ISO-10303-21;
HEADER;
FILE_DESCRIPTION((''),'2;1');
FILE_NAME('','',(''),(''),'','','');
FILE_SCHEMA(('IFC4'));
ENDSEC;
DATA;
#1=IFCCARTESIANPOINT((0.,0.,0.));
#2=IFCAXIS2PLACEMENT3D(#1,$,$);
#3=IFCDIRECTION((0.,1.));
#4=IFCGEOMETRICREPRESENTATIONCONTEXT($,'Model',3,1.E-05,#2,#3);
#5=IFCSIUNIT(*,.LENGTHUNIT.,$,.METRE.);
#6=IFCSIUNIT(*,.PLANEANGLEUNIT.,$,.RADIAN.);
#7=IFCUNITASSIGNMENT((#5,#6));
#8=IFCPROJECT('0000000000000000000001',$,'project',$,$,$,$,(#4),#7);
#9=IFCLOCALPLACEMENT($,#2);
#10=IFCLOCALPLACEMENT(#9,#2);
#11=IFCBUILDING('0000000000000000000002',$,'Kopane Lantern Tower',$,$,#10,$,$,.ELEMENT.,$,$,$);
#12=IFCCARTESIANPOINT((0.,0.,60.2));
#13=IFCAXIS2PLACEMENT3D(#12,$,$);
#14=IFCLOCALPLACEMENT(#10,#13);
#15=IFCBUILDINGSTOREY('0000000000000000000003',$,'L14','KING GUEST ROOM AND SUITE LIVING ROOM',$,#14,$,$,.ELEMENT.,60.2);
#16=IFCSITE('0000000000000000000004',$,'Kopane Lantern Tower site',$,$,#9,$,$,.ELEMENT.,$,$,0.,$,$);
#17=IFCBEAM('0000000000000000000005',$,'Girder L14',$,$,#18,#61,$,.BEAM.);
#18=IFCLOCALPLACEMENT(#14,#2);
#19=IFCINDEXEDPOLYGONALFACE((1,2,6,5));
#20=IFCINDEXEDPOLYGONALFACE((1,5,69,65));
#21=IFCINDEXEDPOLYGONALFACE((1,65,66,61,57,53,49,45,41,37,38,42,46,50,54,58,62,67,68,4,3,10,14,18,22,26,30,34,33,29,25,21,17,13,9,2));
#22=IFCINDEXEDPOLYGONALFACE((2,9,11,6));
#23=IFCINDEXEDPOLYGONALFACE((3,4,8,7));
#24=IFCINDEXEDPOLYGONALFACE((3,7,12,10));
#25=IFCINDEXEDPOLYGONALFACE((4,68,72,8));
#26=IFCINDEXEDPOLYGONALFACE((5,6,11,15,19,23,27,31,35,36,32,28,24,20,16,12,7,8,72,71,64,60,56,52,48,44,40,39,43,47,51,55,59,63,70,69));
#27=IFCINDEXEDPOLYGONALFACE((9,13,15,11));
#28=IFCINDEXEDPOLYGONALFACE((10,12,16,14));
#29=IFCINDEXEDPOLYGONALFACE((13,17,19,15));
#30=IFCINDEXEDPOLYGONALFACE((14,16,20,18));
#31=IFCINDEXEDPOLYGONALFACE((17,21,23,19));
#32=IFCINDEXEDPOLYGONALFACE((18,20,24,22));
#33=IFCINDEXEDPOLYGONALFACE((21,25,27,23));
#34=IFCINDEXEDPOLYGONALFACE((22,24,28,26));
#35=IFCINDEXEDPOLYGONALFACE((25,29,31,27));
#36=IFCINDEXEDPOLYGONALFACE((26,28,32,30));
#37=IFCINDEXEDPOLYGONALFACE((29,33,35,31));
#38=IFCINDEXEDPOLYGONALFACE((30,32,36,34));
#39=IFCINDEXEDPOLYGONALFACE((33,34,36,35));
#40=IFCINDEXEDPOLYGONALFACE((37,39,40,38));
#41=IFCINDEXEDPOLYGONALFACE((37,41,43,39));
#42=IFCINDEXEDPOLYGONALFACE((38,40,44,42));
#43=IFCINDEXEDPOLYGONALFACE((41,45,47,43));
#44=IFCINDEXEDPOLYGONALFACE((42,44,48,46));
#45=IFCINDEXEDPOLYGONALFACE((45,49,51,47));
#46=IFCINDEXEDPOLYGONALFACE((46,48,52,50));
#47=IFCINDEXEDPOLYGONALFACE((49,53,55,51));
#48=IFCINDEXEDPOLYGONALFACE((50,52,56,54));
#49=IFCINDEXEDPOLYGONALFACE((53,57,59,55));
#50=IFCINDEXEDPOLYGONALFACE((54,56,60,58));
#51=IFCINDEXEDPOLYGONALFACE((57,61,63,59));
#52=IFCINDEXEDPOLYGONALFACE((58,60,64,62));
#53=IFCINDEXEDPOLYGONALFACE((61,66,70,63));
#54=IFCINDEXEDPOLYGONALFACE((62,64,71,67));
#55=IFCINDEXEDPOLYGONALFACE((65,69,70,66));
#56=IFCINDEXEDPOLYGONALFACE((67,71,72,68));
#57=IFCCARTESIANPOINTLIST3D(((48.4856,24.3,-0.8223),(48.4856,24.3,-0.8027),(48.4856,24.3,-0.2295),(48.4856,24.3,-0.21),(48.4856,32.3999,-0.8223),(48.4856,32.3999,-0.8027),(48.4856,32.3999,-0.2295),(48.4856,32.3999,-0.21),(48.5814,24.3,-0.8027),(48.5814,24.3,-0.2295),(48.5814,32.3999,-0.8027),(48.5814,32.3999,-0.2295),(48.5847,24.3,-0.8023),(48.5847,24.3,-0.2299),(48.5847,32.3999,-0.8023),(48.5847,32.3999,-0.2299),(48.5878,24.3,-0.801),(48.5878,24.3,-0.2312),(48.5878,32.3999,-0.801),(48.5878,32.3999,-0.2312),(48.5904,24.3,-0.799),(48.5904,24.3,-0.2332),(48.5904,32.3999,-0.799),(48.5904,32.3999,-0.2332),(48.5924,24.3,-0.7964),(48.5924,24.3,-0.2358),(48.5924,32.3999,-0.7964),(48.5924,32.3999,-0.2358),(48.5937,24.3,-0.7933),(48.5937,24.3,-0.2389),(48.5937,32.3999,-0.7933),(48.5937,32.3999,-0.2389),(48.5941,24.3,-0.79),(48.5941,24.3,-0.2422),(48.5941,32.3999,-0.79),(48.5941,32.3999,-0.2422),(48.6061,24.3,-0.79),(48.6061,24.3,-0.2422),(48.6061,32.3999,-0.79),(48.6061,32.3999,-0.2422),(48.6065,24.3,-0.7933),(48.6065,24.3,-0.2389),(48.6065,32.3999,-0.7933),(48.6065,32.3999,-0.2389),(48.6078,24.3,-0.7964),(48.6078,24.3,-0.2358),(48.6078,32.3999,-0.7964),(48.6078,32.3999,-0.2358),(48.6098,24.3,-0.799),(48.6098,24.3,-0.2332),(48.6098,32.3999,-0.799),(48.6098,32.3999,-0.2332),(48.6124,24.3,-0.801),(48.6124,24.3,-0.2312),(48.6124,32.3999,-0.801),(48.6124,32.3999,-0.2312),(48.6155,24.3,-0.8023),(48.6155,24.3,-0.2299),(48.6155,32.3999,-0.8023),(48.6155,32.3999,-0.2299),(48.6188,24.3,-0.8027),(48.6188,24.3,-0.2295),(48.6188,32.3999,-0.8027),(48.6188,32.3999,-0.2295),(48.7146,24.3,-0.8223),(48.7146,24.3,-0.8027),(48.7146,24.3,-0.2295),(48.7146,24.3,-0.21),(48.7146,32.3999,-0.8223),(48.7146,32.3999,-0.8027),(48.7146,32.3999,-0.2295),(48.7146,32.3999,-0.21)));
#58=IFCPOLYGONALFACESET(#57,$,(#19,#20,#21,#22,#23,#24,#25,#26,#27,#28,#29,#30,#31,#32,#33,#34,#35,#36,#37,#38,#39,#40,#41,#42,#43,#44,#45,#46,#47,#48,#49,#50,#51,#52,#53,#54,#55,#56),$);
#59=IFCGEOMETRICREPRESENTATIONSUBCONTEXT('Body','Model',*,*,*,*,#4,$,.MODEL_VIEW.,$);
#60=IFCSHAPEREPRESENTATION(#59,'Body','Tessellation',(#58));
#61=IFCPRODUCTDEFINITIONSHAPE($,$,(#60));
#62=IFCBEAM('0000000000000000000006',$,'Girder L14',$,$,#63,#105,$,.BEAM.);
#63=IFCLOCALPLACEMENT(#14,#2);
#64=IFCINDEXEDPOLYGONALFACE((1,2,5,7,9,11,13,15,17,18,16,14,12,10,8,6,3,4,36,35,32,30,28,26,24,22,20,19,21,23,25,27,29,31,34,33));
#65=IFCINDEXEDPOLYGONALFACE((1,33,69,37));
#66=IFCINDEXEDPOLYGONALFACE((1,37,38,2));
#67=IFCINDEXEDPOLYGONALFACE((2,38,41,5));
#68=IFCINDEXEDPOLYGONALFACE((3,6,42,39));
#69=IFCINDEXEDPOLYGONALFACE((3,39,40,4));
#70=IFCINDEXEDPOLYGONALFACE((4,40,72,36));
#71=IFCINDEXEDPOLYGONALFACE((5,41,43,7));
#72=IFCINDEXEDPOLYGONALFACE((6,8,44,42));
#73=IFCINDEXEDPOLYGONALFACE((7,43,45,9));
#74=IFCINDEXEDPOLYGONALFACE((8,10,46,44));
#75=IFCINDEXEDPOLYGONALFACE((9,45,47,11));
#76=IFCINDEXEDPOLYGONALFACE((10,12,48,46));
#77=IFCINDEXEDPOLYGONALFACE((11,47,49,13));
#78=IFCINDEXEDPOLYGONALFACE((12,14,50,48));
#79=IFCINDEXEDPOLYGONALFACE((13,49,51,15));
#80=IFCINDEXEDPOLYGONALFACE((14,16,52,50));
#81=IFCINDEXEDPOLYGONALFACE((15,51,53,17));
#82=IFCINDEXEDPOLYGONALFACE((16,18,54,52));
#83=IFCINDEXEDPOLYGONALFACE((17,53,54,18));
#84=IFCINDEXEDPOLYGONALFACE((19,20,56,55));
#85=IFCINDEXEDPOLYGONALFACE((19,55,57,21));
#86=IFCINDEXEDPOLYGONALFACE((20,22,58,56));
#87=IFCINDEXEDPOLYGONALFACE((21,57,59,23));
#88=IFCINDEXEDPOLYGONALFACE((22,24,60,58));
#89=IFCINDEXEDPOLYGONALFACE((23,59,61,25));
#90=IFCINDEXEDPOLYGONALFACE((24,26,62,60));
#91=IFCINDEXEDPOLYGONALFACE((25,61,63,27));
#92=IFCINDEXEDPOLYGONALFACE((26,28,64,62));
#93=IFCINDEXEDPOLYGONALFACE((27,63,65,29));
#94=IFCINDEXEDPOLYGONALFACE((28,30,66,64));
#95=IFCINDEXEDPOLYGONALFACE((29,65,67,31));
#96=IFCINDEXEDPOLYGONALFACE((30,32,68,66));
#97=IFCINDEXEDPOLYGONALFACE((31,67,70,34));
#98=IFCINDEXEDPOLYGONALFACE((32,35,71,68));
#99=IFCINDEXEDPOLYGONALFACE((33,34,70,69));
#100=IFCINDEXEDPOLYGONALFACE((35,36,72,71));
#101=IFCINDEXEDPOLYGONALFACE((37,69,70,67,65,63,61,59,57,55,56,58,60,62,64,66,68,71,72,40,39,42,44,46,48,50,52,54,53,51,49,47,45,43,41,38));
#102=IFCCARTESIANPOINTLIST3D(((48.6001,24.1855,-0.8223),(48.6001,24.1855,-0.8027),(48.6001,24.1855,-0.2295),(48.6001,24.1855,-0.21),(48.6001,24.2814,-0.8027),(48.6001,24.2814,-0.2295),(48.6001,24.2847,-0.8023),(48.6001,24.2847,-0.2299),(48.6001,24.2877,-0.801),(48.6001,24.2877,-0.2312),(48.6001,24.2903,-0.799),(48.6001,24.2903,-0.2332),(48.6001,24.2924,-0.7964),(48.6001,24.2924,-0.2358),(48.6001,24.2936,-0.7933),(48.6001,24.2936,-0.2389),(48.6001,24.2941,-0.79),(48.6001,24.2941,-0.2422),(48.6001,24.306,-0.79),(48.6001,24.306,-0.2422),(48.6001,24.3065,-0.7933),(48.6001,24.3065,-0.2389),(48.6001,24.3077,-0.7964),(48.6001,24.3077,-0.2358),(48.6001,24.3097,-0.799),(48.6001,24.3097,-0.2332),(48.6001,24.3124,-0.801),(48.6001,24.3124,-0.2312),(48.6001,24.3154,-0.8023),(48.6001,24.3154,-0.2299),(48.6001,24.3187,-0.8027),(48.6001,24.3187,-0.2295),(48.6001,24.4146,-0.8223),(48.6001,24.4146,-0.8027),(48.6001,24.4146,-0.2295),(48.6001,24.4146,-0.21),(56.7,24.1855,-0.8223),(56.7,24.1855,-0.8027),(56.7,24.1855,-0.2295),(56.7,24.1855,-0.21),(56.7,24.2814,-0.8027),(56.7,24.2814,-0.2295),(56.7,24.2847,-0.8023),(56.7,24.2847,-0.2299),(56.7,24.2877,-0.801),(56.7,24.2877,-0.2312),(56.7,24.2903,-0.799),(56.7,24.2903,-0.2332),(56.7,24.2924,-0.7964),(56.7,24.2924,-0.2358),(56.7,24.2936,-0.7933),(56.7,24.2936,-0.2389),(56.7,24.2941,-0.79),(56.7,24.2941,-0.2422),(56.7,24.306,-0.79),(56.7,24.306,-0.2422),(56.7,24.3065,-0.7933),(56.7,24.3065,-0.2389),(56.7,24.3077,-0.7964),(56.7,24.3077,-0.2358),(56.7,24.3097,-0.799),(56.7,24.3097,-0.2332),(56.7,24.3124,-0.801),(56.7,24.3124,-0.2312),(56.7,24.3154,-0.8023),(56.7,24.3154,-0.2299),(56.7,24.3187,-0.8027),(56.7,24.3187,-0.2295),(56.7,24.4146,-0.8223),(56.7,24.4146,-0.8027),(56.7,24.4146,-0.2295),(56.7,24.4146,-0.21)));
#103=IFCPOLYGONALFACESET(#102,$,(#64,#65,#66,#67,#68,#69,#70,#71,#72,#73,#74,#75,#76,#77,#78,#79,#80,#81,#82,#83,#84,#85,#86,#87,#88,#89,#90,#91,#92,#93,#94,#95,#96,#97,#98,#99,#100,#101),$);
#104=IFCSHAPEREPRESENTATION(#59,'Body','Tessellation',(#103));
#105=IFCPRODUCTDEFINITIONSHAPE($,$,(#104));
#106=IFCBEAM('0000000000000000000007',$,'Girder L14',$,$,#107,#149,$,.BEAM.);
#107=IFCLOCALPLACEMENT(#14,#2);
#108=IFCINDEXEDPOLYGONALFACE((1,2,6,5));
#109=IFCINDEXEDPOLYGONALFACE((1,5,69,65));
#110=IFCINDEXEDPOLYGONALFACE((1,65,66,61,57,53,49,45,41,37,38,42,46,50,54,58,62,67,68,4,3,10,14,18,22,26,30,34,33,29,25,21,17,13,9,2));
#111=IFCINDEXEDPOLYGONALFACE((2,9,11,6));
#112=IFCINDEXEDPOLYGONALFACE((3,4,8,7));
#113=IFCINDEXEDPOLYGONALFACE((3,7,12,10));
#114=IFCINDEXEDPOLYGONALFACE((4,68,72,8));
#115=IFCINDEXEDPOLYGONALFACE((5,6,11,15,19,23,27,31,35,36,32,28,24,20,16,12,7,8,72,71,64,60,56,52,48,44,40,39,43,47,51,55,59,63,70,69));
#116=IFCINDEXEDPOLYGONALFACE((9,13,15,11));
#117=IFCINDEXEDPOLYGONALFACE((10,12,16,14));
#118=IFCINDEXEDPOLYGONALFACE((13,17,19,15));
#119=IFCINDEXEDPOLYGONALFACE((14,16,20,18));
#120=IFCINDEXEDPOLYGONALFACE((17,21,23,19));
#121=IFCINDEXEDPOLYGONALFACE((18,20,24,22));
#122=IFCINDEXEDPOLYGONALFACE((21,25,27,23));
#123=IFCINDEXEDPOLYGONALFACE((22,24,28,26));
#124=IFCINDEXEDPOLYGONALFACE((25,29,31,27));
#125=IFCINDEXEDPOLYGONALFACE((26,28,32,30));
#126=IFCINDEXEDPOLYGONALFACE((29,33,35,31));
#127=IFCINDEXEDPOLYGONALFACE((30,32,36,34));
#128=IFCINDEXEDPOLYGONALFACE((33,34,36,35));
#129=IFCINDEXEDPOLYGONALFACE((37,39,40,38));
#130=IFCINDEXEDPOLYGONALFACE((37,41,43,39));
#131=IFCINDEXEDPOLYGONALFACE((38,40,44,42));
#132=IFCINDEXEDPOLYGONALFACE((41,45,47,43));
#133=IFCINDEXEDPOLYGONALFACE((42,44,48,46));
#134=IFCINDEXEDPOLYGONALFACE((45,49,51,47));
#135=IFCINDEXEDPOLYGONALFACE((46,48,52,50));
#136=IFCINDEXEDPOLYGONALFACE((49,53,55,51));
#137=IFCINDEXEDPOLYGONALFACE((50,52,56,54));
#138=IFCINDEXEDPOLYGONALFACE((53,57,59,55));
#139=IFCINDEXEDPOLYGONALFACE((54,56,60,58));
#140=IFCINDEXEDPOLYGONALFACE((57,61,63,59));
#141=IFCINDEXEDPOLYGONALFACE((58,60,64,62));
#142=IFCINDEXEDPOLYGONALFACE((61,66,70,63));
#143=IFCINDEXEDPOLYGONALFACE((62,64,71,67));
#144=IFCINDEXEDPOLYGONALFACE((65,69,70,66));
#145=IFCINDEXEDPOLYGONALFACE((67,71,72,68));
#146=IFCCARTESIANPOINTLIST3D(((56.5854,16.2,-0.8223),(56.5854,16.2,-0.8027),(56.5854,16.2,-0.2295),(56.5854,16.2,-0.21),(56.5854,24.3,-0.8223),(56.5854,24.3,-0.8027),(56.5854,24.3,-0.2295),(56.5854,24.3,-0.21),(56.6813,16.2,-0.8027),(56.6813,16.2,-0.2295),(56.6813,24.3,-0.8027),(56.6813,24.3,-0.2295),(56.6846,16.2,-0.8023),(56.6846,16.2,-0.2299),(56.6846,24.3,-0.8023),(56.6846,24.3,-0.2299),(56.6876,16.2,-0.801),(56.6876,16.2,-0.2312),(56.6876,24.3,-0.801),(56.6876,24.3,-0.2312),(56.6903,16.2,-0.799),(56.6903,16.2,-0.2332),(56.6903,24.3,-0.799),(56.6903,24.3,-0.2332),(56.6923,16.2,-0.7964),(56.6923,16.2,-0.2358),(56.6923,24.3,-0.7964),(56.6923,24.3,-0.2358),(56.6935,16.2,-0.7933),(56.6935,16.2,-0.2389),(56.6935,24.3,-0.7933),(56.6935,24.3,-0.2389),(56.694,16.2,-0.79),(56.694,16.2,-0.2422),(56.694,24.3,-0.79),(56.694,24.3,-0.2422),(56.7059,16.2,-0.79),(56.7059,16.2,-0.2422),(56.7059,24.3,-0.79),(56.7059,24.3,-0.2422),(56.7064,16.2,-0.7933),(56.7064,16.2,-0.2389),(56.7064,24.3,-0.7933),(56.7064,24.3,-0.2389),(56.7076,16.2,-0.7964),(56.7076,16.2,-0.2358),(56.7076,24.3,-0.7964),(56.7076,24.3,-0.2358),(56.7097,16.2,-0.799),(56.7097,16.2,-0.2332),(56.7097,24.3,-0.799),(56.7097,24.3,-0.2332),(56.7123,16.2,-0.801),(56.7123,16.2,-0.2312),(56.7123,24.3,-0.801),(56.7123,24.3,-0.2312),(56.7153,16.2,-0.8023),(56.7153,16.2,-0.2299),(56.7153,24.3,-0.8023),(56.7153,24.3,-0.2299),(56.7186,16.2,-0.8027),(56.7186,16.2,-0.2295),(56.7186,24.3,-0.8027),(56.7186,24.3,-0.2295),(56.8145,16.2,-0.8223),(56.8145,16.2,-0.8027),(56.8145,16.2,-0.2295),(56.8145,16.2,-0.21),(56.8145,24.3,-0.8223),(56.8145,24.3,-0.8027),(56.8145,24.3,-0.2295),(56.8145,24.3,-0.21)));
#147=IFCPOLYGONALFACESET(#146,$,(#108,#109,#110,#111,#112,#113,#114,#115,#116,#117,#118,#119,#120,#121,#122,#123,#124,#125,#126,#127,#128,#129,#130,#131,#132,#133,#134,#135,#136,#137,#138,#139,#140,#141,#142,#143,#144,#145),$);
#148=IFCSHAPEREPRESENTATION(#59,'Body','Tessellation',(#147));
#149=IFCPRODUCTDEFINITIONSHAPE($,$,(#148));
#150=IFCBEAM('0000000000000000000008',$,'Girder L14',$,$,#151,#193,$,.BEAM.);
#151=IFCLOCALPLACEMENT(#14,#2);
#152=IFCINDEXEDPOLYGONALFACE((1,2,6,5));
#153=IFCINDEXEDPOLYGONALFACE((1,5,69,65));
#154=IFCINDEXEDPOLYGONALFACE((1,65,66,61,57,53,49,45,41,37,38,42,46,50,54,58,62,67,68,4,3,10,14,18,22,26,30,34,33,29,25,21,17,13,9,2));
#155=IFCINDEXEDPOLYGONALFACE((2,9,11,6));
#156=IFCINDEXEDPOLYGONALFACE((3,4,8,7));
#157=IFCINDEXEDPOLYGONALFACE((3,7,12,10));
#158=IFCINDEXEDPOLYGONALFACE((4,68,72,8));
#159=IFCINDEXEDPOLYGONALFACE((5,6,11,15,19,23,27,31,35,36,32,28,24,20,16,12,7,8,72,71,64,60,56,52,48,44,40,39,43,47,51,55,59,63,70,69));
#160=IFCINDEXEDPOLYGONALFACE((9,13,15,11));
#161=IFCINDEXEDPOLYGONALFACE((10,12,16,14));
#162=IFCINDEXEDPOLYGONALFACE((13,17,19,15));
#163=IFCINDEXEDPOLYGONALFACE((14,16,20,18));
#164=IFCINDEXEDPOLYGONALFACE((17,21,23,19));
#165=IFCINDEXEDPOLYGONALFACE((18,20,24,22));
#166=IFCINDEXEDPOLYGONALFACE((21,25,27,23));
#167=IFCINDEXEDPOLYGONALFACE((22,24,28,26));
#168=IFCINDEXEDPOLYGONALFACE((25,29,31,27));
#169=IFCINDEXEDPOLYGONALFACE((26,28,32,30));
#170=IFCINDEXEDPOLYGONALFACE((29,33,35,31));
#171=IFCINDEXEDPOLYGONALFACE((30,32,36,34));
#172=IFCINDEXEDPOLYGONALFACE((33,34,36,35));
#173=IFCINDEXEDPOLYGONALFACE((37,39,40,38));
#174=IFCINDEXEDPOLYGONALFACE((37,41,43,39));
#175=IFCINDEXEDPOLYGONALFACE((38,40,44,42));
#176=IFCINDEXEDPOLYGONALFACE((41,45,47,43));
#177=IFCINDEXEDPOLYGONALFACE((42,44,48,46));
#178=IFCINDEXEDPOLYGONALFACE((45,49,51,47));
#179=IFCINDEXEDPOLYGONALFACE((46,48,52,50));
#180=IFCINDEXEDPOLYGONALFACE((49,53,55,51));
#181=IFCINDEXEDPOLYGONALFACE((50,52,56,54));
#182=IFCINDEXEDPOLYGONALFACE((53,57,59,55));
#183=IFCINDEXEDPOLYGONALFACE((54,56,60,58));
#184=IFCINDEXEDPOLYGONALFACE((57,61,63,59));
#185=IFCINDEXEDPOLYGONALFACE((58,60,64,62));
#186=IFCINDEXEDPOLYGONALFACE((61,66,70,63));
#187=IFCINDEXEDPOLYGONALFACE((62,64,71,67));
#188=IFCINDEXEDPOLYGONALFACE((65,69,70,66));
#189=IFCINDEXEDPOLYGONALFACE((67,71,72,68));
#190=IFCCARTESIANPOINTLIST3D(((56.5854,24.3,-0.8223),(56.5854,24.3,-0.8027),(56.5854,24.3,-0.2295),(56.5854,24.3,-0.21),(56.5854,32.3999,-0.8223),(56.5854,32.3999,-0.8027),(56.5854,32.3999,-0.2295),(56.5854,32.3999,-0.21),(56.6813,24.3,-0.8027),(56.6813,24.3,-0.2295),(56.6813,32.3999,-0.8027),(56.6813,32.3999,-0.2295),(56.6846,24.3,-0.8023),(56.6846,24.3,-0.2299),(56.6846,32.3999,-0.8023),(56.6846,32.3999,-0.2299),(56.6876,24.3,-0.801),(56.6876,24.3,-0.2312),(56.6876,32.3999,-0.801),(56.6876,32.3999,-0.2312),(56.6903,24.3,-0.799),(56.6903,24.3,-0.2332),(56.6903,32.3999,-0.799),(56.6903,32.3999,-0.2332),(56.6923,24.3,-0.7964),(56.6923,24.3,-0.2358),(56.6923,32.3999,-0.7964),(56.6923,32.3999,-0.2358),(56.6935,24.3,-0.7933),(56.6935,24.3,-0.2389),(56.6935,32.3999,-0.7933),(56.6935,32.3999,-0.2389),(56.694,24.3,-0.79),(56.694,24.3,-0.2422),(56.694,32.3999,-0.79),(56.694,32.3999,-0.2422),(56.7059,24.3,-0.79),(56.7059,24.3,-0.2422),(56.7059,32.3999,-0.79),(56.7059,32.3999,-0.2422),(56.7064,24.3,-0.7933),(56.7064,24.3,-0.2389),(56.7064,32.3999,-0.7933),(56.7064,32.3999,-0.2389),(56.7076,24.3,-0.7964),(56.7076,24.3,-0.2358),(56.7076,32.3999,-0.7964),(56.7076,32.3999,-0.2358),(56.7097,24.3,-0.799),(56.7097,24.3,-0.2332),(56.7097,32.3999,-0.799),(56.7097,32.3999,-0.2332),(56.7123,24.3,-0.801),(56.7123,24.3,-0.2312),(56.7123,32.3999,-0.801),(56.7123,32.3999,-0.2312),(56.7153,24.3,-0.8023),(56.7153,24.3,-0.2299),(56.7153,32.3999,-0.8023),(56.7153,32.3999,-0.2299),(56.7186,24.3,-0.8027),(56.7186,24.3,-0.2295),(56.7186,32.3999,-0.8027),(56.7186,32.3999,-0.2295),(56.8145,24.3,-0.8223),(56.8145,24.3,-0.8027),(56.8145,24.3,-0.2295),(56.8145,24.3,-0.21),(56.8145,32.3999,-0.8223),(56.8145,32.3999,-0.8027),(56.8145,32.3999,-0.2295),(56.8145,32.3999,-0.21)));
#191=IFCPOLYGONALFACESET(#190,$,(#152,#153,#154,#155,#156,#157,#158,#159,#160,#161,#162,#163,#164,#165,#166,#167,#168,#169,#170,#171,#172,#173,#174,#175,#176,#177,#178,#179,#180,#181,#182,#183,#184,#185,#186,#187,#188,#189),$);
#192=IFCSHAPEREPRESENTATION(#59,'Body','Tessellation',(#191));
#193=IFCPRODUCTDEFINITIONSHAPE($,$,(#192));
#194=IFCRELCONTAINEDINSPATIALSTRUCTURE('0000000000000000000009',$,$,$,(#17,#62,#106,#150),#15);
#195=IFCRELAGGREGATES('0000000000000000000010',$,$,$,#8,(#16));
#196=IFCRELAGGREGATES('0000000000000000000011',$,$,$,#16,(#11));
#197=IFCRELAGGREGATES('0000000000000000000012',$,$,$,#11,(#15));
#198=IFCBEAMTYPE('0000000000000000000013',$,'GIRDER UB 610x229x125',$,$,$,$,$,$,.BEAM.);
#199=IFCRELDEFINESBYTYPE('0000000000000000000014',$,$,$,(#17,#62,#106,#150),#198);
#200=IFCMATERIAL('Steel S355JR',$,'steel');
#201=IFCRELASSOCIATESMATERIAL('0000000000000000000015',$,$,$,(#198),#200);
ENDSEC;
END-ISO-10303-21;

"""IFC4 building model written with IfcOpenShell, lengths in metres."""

from ifc_helpers import new_model, si_unit, direction, frame, origin, origin_2d, place, context, subcontext, project, spatial, i_section, extrude, material, material_profile, profile_set, type_object, element, save


model = new_model("IFC4")

# Units and contexts
model_context = context("Model", 3, precision=1e-05, world=origin(), true_north=direction((0.0, 1.0)))
body_context = subcontext(model_context, "Body", "Model", "MODEL_VIEW")
ifc_project = project(units=[si_unit("LENGTHUNIT", "METRE"), si_unit("PLANEANGLEUNIT", "RADIAN")], contexts=[model_context])

# Site, building, storey
site_placement = place(None, origin())
site = spatial("IfcSite", under=ifc_project, at=site_placement, Name="Kopane Lantern Tower site", CompositionType="ELEMENT", RefElevation=0.0)
building_placement = place(site_placement, origin())
building = spatial("IfcBuilding", under=site, at=building_placement, Name="Kopane Lantern Tower", CompositionType="ELEMENT")
storey_placement = place(building_placement, frame((0.0, 0.0, 60.2)))
storey = spatial("IfcBuildingStorey", under=building, at=storey_placement, Name="L14", Description="KING GUEST ROOM AND SUITE LIVING ROOM", CompositionType="ELEMENT", Elevation=60.2)

# Beams
ifc_material_1 = material(Name="Steel S355JR", Category="steel")
ifc_material_profile_1 = material_profile(ifc_material_1, i_section(OverallWidth=0.229, OverallDepth=0.6123, WebThickness=0.012, FlangeThickness=0.0195, FilletRadius=0.0127, at=origin_2d()), Name="UB 610x229x125")
ifc_profile_set_1 = profile_set([ifc_material_profile_1], Name="Steel S355JR")
beam_type = type_object("IfcBeamType", Name="GIRDER UB 610x229x125", PredefinedType="BEAM", material=ifc_profile_set_1)
for number, where, z_axis, x_axis, name in (
    (1, (48.6001, 24.3, -0.5161), (0.0, 1.0, 0.0), (-1.0, 0.0, 0.0), "Girder L14"),
    (2, (48.6001, 24.3, -0.5161), (1.0, 0.0, 0.0), (0.0, 1.0, 0.0), "Girder L14"),
):
    element("IfcBeam", number, at=place(storey_placement, frame(where, z_axis=z_axis, x_axis=x_axis)), inside=storey, type_object=beam_type, Name=name, PredefinedType="BEAM", context=body_context, shape_type="SweptSolid", body=[
        extrude(i_section(OverallWidth=0.229, OverallDepth=0.6123, WebThickness=0.012, FlangeThickness=0.0195, FilletRadius=0.0127, at=origin_2d()), origin(), (0.0, 0.0, 1.0), 8.0999),
    ])
beam_1_placement = place(storey_placement, frame((56.7, 16.2, -0.5161), z_axis=(0.0, 1.0, 0.0), x_axis=(-1.0, 0.0, 0.0)))
element("IfcBeam", 3, at=beam_1_placement, inside=storey, type_object=beam_type, Name="Girder L14", PredefinedType="BEAM", context=body_context, shape_type="SweptSolid", body=[
    extrude(i_section(OverallWidth=0.229, OverallDepth=0.6123, WebThickness=0.012, FlangeThickness=0.0195, FilletRadius=0.0127, at=origin_2d()), origin(), (0.0, 0.0, 1.0), 8.1001),
])
beam_2_placement = place(storey_placement, frame((56.7, 24.3, -0.5161), z_axis=(0.0, 1.0, 0.0), x_axis=(-1.0, 0.0, 0.0)))
element("IfcBeam", 4, at=beam_2_placement, inside=storey, type_object=beam_type, Name="Girder L14", PredefinedType="BEAM", context=body_context, shape_type="SweptSolid", body=[
    extrude(i_section(OverallWidth=0.229, OverallDepth=0.6123, WebThickness=0.012, FlangeThickness=0.0195, FilletRadius=0.0127, at=origin_2d()), origin(), (0.0, 0.0, 1.0), 8.0999),
])

save(model, "model.ifc")
